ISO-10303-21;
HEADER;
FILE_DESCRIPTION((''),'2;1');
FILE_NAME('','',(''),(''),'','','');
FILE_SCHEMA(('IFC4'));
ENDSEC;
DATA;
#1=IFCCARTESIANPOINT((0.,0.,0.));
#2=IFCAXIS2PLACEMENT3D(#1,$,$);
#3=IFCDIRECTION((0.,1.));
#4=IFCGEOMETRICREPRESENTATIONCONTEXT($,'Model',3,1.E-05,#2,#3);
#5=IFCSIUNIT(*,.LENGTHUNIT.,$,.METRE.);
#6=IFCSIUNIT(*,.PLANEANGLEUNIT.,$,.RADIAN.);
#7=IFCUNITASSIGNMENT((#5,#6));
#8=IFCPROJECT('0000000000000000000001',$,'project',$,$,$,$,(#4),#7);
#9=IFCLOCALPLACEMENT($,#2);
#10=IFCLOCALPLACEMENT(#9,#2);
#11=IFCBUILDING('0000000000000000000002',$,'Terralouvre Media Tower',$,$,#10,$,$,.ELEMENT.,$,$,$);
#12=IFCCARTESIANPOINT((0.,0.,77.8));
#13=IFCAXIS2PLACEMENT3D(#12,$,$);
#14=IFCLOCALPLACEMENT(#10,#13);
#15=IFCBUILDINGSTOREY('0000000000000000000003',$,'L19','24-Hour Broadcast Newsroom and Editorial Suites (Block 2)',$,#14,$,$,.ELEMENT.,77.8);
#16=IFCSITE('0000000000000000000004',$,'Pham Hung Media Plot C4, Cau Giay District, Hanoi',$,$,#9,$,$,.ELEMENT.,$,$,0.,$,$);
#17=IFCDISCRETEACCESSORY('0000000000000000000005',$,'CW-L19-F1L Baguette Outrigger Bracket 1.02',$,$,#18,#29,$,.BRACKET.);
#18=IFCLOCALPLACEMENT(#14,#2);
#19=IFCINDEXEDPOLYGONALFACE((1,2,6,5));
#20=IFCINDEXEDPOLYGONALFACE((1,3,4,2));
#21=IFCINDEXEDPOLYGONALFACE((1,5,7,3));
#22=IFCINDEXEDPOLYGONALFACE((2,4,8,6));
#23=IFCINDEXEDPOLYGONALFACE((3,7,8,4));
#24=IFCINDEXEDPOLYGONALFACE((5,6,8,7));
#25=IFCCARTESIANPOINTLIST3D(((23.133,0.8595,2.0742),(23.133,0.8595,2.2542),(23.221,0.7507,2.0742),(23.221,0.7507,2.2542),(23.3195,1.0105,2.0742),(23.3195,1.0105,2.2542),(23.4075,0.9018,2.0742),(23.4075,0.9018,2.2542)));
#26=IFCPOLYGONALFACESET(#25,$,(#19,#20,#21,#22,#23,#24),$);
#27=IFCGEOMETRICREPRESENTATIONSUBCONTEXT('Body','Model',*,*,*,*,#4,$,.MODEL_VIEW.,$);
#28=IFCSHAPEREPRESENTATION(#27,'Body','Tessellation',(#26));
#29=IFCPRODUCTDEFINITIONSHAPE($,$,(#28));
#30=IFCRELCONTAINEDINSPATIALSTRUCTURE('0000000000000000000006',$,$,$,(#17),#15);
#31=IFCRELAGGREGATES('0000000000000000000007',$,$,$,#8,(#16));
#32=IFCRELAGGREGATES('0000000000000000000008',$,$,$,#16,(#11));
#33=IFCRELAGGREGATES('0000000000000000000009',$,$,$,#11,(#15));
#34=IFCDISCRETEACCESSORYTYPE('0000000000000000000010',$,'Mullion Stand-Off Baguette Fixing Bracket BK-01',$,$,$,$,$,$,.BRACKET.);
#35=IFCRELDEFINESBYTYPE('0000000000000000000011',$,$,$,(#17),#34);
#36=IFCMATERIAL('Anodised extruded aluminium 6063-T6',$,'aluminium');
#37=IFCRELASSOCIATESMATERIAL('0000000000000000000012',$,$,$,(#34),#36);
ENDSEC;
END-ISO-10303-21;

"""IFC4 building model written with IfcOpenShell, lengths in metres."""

from ifc_helpers import new_model, si_unit, direction, frame, origin, origin_2d, place, context, subcontext, project, spatial, rectangle, extrude, material, type_object, element, save


model = new_model("IFC4")

# Units and contexts
model_context = context("Model", 3, precision=1e-05, world=origin(), true_north=direction((0.0, 1.0)))
body_context = subcontext(model_context, "Body", "Model", "MODEL_VIEW")
ifc_project = project(units=[si_unit("LENGTHUNIT", "METRE"), si_unit("PLANEANGLEUNIT", "RADIAN")], contexts=[model_context])

# Site, building, storey
site_placement = place(None, origin())
site = spatial("IfcSite", under=ifc_project, at=site_placement, Name="Pham Hung Media Plot C4, Cau Giay District, Hanoi", CompositionType="ELEMENT", RefElevation=0.0)
building_placement = place(site_placement, origin())
building = spatial("IfcBuilding", under=site, at=building_placement, Name="Terralouvre Media Tower", CompositionType="ELEMENT")
storey_placement = place(building_placement, frame((0.0, 0.0, 77.8)))
storey = spatial("IfcBuildingStorey", under=building, at=storey_placement, Name="L19", Description="24-Hour Broadcast Newsroom and Editorial Suites (Block 2)", CompositionType="ELEMENT", Elevation=77.8)

# Discrete accessory
ifc_material_1 = material(Name="Anodised extruded aluminium 6063-T6", Category="aluminium")
discrete_accessory_type = type_object("IfcDiscreteAccessoryType", Name="Mullion Stand-Off Baguette Fixing Bracket BK-01", PredefinedType="BRACKET", material=ifc_material_1)
discrete_accessory_placement = place(storey_placement, frame((23.2703, 0.8806, 2.0742), z_axis=(0.0, 0.0, 1.0), x_axis=(-0.62932, 0.777146, 0.0)))
element("IfcDiscreteAccessory", 1, at=discrete_accessory_placement, inside=storey, type_object=discrete_accessory_type, Name="CW-L19-F1L Baguette Outrigger Bracket 1.02", PredefinedType="BRACKET", context=body_context, shape_type="SweptSolid", body=[
    extrude(rectangle(XDim=0.1399, YDim=0.24, at=origin_2d()), origin(), (0.0, 0.0, 1.0), 0.1799),
])

save(model, "model.ifc")
